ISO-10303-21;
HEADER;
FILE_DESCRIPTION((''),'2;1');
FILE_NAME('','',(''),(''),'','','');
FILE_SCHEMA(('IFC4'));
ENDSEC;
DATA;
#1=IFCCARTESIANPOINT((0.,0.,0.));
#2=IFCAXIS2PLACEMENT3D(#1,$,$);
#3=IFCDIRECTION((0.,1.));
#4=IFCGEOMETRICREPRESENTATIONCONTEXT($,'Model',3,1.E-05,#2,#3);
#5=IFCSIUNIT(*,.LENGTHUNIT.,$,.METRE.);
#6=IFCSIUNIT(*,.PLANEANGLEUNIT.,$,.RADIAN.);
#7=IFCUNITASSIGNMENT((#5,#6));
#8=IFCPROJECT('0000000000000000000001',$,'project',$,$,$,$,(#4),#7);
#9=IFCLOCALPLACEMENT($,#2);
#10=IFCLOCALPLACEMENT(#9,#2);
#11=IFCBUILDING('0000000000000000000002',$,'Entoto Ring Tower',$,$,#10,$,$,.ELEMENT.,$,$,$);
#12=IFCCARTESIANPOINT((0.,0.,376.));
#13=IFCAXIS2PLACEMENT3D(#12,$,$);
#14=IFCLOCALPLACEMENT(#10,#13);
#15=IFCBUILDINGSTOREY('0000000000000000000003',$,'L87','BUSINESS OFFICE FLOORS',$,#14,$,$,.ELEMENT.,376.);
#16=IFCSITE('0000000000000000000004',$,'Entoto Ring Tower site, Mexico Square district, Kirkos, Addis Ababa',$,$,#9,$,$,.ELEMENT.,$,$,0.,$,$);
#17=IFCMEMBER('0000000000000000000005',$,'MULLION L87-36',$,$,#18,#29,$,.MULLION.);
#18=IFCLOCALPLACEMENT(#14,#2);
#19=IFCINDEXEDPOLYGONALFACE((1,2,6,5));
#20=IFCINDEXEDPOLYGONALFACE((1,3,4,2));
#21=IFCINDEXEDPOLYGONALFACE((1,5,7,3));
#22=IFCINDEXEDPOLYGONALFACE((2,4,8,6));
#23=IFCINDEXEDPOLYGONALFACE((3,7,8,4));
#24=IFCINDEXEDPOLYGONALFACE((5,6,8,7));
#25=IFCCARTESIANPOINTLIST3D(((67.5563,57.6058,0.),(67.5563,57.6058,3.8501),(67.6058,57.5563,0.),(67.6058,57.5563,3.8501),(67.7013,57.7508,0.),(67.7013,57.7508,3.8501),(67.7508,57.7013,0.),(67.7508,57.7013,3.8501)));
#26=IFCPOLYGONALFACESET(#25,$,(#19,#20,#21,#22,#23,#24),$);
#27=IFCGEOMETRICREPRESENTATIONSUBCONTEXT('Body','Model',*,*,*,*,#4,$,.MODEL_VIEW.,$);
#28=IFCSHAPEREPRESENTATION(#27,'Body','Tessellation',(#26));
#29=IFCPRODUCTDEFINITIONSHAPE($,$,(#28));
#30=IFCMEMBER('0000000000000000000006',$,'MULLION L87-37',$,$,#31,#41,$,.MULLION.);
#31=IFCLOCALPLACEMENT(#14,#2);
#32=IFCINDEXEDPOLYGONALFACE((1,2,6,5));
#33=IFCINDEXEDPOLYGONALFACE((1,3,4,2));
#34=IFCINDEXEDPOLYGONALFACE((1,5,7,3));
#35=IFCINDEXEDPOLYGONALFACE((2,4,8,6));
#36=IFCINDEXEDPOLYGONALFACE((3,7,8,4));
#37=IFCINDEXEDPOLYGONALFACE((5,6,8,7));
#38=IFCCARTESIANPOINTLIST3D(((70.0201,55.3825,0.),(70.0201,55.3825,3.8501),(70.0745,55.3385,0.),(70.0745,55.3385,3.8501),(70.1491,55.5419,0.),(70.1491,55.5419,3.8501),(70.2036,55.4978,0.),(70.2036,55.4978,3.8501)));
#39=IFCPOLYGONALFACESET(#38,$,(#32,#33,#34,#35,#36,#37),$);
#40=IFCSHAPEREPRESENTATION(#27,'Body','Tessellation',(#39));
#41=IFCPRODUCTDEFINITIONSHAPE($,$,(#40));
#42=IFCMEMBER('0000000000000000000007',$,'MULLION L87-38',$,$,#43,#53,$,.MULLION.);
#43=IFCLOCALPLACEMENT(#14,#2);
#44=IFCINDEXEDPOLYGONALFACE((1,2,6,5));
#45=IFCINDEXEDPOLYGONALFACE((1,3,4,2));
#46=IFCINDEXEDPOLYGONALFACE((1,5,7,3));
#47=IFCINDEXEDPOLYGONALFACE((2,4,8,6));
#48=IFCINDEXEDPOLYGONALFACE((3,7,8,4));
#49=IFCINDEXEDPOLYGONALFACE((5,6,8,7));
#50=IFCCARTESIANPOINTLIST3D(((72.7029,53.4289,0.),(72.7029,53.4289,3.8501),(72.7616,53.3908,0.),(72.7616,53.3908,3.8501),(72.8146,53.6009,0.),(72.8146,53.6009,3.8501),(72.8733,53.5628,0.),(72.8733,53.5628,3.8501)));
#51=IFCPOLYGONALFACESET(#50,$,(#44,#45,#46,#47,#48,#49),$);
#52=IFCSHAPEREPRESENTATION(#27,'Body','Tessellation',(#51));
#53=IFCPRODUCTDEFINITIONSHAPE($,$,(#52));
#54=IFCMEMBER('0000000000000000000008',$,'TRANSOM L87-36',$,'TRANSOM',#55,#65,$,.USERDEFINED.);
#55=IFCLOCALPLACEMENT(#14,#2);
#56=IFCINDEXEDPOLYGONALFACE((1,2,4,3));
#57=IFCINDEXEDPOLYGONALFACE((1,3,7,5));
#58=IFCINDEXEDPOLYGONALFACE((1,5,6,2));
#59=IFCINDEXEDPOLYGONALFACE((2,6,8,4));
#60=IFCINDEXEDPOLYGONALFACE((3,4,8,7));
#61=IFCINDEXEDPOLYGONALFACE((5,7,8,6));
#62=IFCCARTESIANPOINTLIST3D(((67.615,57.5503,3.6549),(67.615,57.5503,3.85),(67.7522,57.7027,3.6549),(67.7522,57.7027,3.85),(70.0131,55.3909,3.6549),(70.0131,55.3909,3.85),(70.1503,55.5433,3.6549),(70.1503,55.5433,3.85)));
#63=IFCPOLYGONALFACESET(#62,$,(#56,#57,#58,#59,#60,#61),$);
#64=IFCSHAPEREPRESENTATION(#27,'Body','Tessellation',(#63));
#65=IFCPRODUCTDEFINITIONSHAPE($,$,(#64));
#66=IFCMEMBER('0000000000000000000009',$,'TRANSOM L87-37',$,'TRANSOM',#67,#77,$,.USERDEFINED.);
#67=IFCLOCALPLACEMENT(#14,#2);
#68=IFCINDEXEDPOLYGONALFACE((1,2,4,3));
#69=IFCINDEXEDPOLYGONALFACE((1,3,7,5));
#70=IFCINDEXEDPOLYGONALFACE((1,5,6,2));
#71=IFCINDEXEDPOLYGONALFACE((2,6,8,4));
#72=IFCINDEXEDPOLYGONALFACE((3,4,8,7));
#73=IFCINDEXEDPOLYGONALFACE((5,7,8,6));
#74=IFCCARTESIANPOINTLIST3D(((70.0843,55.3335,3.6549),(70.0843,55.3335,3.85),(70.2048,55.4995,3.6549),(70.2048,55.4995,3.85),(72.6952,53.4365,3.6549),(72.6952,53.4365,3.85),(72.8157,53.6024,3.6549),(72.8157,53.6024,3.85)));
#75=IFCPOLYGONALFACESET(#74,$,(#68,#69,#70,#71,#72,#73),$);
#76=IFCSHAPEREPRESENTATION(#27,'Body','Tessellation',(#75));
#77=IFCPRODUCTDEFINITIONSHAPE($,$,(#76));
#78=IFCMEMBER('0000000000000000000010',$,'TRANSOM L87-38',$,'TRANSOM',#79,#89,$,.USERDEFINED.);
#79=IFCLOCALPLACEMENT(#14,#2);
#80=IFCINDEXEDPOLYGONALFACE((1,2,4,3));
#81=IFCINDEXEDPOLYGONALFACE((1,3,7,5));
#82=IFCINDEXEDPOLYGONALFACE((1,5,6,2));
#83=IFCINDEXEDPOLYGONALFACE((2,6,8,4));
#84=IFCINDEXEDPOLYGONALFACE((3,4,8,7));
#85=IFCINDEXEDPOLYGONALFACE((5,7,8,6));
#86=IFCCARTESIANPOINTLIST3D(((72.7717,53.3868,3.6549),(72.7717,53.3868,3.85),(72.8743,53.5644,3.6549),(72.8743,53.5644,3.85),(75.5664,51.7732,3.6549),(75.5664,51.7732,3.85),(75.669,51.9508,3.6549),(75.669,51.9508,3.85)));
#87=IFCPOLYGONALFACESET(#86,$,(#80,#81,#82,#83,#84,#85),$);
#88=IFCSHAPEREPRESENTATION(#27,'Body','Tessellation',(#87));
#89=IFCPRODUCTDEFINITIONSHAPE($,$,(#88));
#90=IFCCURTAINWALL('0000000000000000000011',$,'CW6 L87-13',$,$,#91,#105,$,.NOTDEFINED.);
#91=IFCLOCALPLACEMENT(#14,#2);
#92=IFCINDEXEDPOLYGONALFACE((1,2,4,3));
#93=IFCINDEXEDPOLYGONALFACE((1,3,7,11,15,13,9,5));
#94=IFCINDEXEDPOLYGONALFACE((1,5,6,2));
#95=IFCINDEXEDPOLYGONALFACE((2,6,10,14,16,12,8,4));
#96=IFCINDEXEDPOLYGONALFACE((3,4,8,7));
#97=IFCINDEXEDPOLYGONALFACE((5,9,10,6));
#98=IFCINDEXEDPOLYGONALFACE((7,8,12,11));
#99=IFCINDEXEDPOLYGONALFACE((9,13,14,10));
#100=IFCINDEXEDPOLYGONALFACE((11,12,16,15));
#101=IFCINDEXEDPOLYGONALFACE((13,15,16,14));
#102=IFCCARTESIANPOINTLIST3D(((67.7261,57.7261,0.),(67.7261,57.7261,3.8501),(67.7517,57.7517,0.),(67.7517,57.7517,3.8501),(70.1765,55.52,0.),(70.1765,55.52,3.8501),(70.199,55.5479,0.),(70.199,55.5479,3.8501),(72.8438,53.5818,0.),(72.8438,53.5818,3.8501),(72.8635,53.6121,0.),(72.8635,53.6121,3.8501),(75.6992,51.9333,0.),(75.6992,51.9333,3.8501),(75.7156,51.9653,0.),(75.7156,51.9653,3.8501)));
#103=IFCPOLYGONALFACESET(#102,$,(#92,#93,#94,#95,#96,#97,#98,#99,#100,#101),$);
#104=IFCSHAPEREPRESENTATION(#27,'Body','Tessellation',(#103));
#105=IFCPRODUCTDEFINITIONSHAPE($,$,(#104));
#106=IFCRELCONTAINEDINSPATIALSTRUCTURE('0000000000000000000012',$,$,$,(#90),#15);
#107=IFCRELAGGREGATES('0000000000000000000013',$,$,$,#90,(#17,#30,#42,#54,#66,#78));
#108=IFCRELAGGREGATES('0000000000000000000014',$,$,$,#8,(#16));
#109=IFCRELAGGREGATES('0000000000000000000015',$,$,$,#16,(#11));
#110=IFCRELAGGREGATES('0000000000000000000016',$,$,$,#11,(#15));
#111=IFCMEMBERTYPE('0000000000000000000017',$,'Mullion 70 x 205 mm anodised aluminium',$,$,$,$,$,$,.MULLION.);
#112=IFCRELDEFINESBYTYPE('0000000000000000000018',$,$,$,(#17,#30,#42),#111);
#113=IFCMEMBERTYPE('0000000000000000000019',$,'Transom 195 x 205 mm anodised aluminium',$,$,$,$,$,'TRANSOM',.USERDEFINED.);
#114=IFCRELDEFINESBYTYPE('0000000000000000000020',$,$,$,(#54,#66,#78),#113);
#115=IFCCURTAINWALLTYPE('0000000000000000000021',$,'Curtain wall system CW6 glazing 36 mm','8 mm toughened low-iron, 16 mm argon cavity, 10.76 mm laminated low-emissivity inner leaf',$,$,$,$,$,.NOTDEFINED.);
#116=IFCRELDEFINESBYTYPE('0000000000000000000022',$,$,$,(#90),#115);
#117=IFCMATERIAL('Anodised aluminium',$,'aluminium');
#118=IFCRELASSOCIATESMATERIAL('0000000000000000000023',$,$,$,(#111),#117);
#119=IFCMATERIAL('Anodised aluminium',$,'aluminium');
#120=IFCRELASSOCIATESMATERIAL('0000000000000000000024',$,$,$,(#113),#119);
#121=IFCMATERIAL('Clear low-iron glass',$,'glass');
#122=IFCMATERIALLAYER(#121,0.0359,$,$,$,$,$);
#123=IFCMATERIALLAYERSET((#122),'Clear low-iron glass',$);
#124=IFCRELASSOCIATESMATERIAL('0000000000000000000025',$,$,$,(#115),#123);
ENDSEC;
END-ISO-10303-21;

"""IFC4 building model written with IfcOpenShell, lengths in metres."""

from ifc_helpers import new_model, si_unit, direction, frame, origin, origin_2d, place, context, subcontext, project, spatial, polyline, rectangle, outline, extrude, material, layer, layer_set, material_profile, profile_set, type_object, element, aggregate, save


model = new_model("IFC4")

# Units and contexts
model_context = context("Model", 3, precision=1e-05, world=origin(), true_north=direction((0.0, 1.0)))
body_context = subcontext(model_context, "Body", "Model", "MODEL_VIEW")
ifc_project = project(units=[si_unit("LENGTHUNIT", "METRE"), si_unit("PLANEANGLEUNIT", "RADIAN")], contexts=[model_context])

# Members
ifc_material_1 = material(Name="Anodised aluminium", Category="aluminium")
ifc_material_profile_1 = material_profile(ifc_material_1, rectangle(XDim=0.0701, YDim=0.2051, at=origin_2d()), Name="Mullion 70 x 205 mm anodised aluminium")
ifc_profile_set_1 = profile_set([ifc_material_profile_1], Name="Anodised aluminium")
member_type_1 = type_object("IfcMemberType", Name="Mullion 70 x 205 mm anodised aluminium", PredefinedType="MULLION", material=ifc_profile_set_1)
site_placement = place(None, origin())
building_placement = place(site_placement, origin())
storey_placement = place(building_placement, frame((0.0, 0.0, 376.0)))
member_1_placement = place(storey_placement, frame((67.6536, 57.6536, 0.0), z_axis=(0.0, 0.0, 1.0), x_axis=(0.707107, -0.707107, 0.0)))
member_1 = element("IfcMember", 1, at=member_1_placement, type_object=member_type_1, Name="MULLION L87-36", PredefinedType="MULLION", context=body_context, shape_type="SweptSolid", body=[
    extrude(rectangle(XDim=0.0701, YDim=0.2051, at=origin_2d()), origin(), (0.0, 0.0, 1.0), 3.8501),
])
member_2_placement = place(storey_placement, frame((70.1118, 55.4402, 0.0), z_axis=(0.0, 0.0, 1.0), x_axis=(0.777146, -0.62932, 0.0)))
member_2 = element("IfcMember", 2, at=member_2_placement, type_object=member_type_1, Name="MULLION L87-37", PredefinedType="MULLION", context=body_context, shape_type="SweptSolid", body=[
    extrude(rectangle(XDim=0.0701, YDim=0.2051, at=origin_2d()), origin(), (0.0, 0.0, 1.0), 3.8501),
])
member_3_placement = place(storey_placement, frame((72.7881, 53.4958, 0.0), z_axis=(0.0, 0.0, 1.0), x_axis=(0.838671, -0.544639, 0.0)))
member_3 = element("IfcMember", 3, at=member_3_placement, type_object=member_type_1, Name="MULLION L87-38", PredefinedType="MULLION", context=body_context, shape_type="SweptSolid", body=[
    extrude(rectangle(XDim=0.0701, YDim=0.2051, at=origin_2d()), origin(), (0.0, 0.0, 1.0), 3.8501),
])
ifc_material_2 = material(Name="Anodised aluminium", Category="aluminium")
ifc_material_profile_2 = material_profile(ifc_material_2, rectangle(XDim=0.2051, YDim=0.1951, at=origin_2d()), Name="Transom 195 x 205 mm anodised aluminium")
ifc_profile_set_2 = profile_set([ifc_material_profile_2], Name="Anodised aluminium")
member_type_2 = type_object("IfcMemberType", Name="Transom 195 x 205 mm anodised aluminium", ElementType="TRANSOM", PredefinedType="USERDEFINED", material=ifc_profile_set_2)
member_4_placement = place(storey_placement, frame((67.6836, 57.6265, 3.7524), z_axis=(0.743132, -0.669144, 0.0), x_axis=(0.669144, 0.743132, 0.0)))
member_4 = element("IfcMember", 4, at=member_4_placement, type_object=member_type_2, Name="TRANSOM L87-36", ObjectType="TRANSOM", PredefinedType="USERDEFINED", context=body_context, shape_type="SweptSolid", body=[
    extrude(rectangle(XDim=0.2051, YDim=0.1951, at=origin_2d()), origin(), (0.0, 0.0, 1.0), 3.2271),
])
member_5_placement = place(storey_placement, frame((70.1445, 55.4165, 3.7524), z_axis=(0.809004, -0.587803, 0.0), x_axis=(0.587803, 0.809004, 0.0)))
member_5 = element("IfcMember", 5, at=member_5_placement, type_object=member_type_2, Name="TRANSOM L87-37", ObjectType="TRANSOM", PredefinedType="USERDEFINED", context=body_context, shape_type="SweptSolid", body=[
    extrude(rectangle(XDim=0.2051, YDim=0.1951, at=origin_2d()), origin(), (0.0, 0.0, 1.0), 3.2273),
])
member_6_placement = place(storey_placement, frame((72.823, 53.4756, 3.7524), z_axis=(0.866023, -0.500004, 0.0), x_axis=(0.500004, 0.866023, 0.0)))
member_6 = element("IfcMember", 6, at=member_6_placement, type_object=member_type_2, Name="TRANSOM L87-38", ObjectType="TRANSOM", PredefinedType="USERDEFINED", context=body_context, shape_type="SweptSolid", body=[
    extrude(rectangle(XDim=0.2051, YDim=0.1951, at=origin_2d()), origin(), (0.0, 0.0, 1.0), 3.2271),
])

# Site, building, storey
site = spatial("IfcSite", under=ifc_project, at=site_placement, Name="Entoto Ring Tower site, Mexico Square district, Kirkos, Addis Ababa", CompositionType="ELEMENT", RefElevation=0.0)
building = spatial("IfcBuilding", under=site, at=building_placement, Name="Entoto Ring Tower", CompositionType="ELEMENT")
storey = spatial("IfcBuildingStorey", under=building, at=storey_placement, Name="L87", Description="BUSINESS OFFICE FLOORS", CompositionType="ELEMENT", Elevation=376.0)

# Curtain wall
ifc_material_3 = material(Name="Clear low-iron glass", Category="glass")
ifc_layer = layer(ifc_material_3, 0.0359)
ifc_layer_set = layer_set([ifc_layer], Name="Clear low-iron glass")
curtain_wall_type = type_object("IfcCurtainWallType", Name="Curtain wall system CW6 glazing 36 mm", Description="8 mm toughened low-iron, 16 mm argon cavity, 10.76 mm laminated low-emissivity inner leaf", PredefinedType="NOTDEFINED", material=ifc_layer_set)
curtain_wall_1_placement = place(storey_placement, origin())
curtain_wall_1 = element("IfcCurtainWall", 7, at=curtain_wall_1_placement, inside=storey, type_object=curtain_wall_type, Name="CW6 L87-13", PredefinedType="NOTDEFINED", context=body_context, shape_type="SweptSolid", body=[
    extrude(outline(polyline([(67.7261, 57.7261), (70.1765, 55.52), (72.8438, 53.5818), (75.6992, 51.9333), (75.7156, 51.9653), (72.8635, 53.6121), (70.199, 55.5479), (67.7517, 57.7517), (67.7261, 57.7261)])), origin(), (0.0, 0.0, 1.0), 3.8501),
])
aggregate(curtain_wall_1, [member_1, member_2, member_3, member_4, member_5, member_6])

save(model, "model.ifc")
